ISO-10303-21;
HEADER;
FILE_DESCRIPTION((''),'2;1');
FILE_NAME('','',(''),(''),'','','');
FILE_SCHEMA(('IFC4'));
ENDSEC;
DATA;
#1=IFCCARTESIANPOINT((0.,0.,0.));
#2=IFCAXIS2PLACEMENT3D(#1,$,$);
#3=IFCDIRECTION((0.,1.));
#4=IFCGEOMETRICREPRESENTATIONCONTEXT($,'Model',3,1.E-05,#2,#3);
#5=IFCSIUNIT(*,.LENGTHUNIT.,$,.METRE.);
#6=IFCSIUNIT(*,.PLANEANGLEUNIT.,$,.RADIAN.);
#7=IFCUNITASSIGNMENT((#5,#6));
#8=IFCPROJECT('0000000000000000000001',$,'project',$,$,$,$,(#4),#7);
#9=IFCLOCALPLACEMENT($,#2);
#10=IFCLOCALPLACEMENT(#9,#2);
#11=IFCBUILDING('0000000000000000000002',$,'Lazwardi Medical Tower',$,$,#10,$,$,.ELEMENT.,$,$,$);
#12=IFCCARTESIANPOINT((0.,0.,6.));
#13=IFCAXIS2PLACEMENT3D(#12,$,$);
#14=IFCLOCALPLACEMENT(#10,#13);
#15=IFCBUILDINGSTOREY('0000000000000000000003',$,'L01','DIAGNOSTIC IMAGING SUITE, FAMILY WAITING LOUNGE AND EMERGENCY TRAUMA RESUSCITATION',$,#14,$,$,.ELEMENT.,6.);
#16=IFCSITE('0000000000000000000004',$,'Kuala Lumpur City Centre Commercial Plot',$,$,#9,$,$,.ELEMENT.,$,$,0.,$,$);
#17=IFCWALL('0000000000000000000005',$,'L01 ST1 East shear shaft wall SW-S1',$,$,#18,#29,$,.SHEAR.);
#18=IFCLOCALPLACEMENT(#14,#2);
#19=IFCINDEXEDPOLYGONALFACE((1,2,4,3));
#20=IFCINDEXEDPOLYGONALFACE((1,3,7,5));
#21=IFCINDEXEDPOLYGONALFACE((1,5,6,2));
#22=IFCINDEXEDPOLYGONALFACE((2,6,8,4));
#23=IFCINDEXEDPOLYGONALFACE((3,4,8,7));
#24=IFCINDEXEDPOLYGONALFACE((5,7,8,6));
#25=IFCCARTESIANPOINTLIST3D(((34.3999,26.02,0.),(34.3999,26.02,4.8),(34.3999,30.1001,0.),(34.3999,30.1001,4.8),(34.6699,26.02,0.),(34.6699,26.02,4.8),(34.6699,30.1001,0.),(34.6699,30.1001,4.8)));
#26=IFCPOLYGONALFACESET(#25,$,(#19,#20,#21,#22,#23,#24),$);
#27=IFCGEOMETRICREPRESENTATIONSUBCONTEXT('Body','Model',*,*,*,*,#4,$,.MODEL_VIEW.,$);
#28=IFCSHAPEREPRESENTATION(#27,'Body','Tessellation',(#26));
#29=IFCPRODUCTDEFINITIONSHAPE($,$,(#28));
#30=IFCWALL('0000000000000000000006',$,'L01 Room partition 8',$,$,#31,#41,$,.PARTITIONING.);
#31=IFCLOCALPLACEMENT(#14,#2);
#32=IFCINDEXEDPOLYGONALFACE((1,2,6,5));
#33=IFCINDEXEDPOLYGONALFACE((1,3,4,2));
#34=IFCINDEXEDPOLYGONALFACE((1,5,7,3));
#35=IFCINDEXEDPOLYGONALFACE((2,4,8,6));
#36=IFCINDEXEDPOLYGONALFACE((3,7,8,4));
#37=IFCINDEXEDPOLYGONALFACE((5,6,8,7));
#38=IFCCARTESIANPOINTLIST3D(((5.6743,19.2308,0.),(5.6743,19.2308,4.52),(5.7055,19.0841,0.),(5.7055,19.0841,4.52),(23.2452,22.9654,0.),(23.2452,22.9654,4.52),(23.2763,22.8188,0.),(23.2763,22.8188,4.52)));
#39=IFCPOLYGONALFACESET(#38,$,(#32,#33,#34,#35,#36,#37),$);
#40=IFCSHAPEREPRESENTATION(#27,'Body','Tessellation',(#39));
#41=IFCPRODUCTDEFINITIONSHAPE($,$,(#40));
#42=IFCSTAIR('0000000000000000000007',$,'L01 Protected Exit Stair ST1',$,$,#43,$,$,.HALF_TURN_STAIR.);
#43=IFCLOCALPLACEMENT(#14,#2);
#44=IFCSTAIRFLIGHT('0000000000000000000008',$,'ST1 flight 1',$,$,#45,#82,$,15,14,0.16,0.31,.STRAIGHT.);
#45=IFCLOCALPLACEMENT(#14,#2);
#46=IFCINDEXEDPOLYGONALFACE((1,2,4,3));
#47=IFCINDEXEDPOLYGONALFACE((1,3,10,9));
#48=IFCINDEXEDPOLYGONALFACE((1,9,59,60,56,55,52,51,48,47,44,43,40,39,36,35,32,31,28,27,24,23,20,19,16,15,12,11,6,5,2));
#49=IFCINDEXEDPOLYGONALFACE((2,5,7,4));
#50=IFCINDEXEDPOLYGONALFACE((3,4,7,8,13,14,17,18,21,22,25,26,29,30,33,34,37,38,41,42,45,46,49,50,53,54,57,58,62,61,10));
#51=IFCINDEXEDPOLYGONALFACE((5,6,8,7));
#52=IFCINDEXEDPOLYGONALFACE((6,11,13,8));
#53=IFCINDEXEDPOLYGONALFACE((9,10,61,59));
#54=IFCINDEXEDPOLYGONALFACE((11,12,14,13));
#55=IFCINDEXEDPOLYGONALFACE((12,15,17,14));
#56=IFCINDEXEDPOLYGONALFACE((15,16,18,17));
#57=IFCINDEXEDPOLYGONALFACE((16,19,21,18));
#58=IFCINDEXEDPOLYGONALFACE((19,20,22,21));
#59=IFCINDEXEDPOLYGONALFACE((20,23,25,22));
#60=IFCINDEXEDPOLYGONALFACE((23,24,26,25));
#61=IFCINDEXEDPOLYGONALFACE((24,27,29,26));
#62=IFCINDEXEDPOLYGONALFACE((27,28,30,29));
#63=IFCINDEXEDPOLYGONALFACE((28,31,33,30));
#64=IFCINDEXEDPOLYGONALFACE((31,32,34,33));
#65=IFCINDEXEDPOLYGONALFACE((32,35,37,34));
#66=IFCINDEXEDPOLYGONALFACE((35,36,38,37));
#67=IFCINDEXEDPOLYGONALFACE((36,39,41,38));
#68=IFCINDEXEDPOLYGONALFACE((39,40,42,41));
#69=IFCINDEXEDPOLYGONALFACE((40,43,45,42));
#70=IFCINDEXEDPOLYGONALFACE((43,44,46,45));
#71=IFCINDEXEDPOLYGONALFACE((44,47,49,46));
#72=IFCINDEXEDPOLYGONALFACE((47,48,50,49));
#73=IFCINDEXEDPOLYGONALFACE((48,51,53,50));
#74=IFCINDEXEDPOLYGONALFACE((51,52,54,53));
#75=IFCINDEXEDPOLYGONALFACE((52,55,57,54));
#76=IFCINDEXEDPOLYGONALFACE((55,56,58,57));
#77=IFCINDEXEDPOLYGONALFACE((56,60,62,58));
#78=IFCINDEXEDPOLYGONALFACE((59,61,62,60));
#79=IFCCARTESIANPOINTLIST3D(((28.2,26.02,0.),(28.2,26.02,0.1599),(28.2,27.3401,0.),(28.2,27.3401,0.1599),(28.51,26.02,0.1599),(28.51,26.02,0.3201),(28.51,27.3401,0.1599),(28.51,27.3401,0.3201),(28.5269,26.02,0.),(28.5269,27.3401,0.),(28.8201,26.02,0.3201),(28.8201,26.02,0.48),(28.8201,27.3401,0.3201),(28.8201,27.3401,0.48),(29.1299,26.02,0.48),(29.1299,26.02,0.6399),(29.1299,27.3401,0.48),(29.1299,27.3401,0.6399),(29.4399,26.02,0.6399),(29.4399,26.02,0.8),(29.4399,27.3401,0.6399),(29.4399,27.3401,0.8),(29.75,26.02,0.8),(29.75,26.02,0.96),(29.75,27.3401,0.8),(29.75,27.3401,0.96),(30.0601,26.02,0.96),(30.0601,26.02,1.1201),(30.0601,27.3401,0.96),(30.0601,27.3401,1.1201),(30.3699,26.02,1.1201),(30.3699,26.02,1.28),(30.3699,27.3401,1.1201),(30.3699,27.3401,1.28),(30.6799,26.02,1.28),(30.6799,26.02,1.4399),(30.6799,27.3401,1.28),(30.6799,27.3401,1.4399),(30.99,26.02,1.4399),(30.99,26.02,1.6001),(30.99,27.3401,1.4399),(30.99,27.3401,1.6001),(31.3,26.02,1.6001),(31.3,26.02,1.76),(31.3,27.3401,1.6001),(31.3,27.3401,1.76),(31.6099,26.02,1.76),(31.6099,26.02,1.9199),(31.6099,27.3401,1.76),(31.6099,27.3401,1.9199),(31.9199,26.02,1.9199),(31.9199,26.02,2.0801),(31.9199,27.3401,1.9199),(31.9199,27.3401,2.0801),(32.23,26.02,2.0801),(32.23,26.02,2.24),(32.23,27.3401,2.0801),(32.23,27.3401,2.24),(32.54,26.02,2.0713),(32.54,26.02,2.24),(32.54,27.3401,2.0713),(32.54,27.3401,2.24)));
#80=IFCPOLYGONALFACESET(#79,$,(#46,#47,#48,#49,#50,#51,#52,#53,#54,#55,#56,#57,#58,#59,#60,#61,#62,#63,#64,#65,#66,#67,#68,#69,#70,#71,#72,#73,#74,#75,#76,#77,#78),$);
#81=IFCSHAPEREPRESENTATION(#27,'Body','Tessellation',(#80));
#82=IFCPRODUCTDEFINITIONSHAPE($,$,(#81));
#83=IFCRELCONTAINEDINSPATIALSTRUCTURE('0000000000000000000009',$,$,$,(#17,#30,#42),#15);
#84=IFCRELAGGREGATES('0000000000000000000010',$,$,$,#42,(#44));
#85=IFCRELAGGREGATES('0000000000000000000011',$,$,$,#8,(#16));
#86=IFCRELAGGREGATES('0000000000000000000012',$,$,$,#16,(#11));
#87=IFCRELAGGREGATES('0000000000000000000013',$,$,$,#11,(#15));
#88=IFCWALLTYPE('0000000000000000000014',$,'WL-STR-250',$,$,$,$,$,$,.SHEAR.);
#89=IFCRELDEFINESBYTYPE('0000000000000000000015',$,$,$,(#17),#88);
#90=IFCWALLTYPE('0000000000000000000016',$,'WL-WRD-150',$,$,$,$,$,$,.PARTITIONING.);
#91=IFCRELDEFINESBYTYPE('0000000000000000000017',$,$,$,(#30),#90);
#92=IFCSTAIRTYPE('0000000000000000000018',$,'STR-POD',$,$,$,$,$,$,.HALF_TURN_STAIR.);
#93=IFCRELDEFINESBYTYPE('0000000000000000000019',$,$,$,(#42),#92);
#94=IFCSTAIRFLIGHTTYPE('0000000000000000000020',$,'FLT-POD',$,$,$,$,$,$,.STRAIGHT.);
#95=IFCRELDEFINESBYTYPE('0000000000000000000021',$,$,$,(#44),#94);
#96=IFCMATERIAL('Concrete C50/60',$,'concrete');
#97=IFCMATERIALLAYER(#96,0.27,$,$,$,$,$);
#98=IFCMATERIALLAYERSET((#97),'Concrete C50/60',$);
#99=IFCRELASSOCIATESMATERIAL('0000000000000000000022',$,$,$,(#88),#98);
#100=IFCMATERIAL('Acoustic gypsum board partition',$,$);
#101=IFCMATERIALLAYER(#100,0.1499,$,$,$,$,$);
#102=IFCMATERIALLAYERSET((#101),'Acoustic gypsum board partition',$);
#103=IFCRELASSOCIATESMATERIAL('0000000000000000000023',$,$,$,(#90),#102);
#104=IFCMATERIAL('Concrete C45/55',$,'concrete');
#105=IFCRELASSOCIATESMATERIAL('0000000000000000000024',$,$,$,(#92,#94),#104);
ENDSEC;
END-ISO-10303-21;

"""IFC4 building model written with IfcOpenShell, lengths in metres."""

from ifc_helpers import new_model, si_unit, direction, frame, frame_2d, origin, place, context, subcontext, project, spatial, polyline, rectangle, outline, extrude, material, layer, layer_set, type_object, element, aggregate, save


model = new_model("IFC4")

# Units and contexts
model_context = context("Model", 3, precision=1e-05, world=origin(), true_north=direction((0.0, 1.0)))
body_context = subcontext(model_context, "Body", "Model", "MODEL_VIEW")
ifc_project = project(units=[si_unit("LENGTHUNIT", "METRE"), si_unit("PLANEANGLEUNIT", "RADIAN")], contexts=[model_context])

# Site, building, storey
site_placement = place(None, origin())
site = spatial("IfcSite", under=ifc_project, at=site_placement, Name="Kuala Lumpur City Centre Commercial Plot", CompositionType="ELEMENT", RefElevation=0.0)
building_placement = place(site_placement, origin())
building = spatial("IfcBuilding", under=site, at=building_placement, Name="Lazwardi Medical Tower", CompositionType="ELEMENT")
storey_placement = place(building_placement, frame((0.0, 0.0, 6.0)))
storey = spatial("IfcBuildingStorey", under=building, at=storey_placement, Name="L01", Description="DIAGNOSTIC IMAGING SUITE, FAMILY WAITING LOUNGE AND EMERGENCY TRAUMA RESUSCITATION", CompositionType="ELEMENT", Elevation=6.0)

# Shared definitions
ifc_material_1 = material(Name="Concrete C50/60", Category="concrete")
ifc_layer_1 = layer(ifc_material_1, 0.27)
ifc_layer_set_1 = layer_set([ifc_layer_1], Name="Concrete C50/60")
wall_type_1 = type_object("IfcWallType", Name="WL-STR-250", PredefinedType="SHEAR", material=ifc_layer_set_1)

# Walls
wall_1_placement = place(storey_placement, frame((34.5349, 26.02, 0.0), z_axis=(0.0, 0.0, 1.0), x_axis=(0.0, 1.0, 0.0)))
element("IfcWall", 1, at=wall_1_placement, inside=storey, type_object=wall_type_1, Name="L01 ST1 East shear shaft wall SW-S1", PredefinedType="SHEAR", context=body_context, shape_type="SweptSolid", body=[
    extrude(rectangle(XDim=4.0801, YDim=0.27, at=frame_2d((2.04, 0.0))), origin(), (0.0, 0.0, 1.0), 4.8),
])
ifc_material_2 = material(Name="Acoustic gypsum board partition")
ifc_layer_2 = layer(ifc_material_2, 0.1499)
ifc_layer_set_2 = layer_set([ifc_layer_2], Name="Acoustic gypsum board partition")
wall_type_2 = type_object("IfcWallType", Name="WL-WRD-150", PredefinedType="PARTITIONING", material=ifc_layer_set_2)
wall_2_placement = place(storey_placement, frame((23.2607, 22.8921, 0.0), z_axis=(0.0, 0.0, 1.0), x_axis=(-0.97815, -0.207903, 0.0)))
element("IfcWall", 2, at=wall_2_placement, inside=storey, type_object=wall_type_2, Name="L01 Room partition 8", PredefinedType="PARTITIONING", context=body_context, shape_type="SweptSolid", body=[
    extrude(rectangle(XDim=17.9634, YDim=0.1499, at=frame_2d((8.9817, 0.0))), origin(), (0.0, 0.0, 1.0), 4.52),
])

# Stair, stair flight
ifc_material_3 = material(Name="Concrete C45/55", Category="concrete")
stair_type = type_object("IfcStairType", Name="STR-POD", PredefinedType="HALF_TURN_STAIR", material=ifc_material_3)
stair_placement = place(storey_placement, origin())
stair = element("IfcStair", 3, at=stair_placement, inside=storey, type_object=stair_type, Name="L01 Protected Exit Stair ST1", PredefinedType="HALF_TURN_STAIR")
stair_flight_type = type_object("IfcStairFlightType", Name="FLT-POD", PredefinedType="STRAIGHT", material=ifc_material_3)
stair_flight_placement = place(storey_placement, frame((28.2, 26.6799, 0.0), z_axis=(0.0, 0.0, 1.0), x_axis=(1.0, 0.0, 0.0)))
stair_flight = element("IfcStairFlight", 4, at=stair_flight_placement, type_object=stair_flight_type, Name="ST1 flight 1", NumberOfRisers=15, NumberOfTreads=14, PredefinedType="STRAIGHT", RiserHeight=0.16, TreadLength=0.31, context=body_context, shape_type="SweptSolid", body=[
    extrude(outline(polyline([(0.0, 0.0), (0.0, 0.1599), (0.3101, 0.1599), (0.3101, 0.3201), (0.6201, 0.3201), (0.6201, 0.48), (0.9299, 0.48), (0.9299, 0.6399), (1.24, 0.6399), (1.24, 0.8), (1.55, 0.8), (1.55, 0.96), (1.8601, 0.96), (1.8601, 1.1201), (2.1699, 1.1201), (2.1699, 1.28), (2.48, 1.28), (2.48, 1.4399), (2.79, 1.4399), (2.79, 1.6001), (3.1001, 1.6001), (3.1001, 1.76), (3.4099, 1.76), (3.4099, 1.9199), (3.72, 1.9199), (3.72, 2.0801), (4.03, 2.0801), (4.03, 2.24), (4.3401, 2.24), (4.3401, 2.3999), (4.3401, 2.0713), (0.3269, 0.0), (0.0, 0.0)])), frame((0.0, 0.6602, 0.0), z_axis=(0.0, -1.0, 0.0), x_axis=(1.0, 0.0, 0.0)), (0.0, 0.0, 1.0), 1.3201),
])
aggregate(stair, [stair_flight])

save(model, "model.ifc")
